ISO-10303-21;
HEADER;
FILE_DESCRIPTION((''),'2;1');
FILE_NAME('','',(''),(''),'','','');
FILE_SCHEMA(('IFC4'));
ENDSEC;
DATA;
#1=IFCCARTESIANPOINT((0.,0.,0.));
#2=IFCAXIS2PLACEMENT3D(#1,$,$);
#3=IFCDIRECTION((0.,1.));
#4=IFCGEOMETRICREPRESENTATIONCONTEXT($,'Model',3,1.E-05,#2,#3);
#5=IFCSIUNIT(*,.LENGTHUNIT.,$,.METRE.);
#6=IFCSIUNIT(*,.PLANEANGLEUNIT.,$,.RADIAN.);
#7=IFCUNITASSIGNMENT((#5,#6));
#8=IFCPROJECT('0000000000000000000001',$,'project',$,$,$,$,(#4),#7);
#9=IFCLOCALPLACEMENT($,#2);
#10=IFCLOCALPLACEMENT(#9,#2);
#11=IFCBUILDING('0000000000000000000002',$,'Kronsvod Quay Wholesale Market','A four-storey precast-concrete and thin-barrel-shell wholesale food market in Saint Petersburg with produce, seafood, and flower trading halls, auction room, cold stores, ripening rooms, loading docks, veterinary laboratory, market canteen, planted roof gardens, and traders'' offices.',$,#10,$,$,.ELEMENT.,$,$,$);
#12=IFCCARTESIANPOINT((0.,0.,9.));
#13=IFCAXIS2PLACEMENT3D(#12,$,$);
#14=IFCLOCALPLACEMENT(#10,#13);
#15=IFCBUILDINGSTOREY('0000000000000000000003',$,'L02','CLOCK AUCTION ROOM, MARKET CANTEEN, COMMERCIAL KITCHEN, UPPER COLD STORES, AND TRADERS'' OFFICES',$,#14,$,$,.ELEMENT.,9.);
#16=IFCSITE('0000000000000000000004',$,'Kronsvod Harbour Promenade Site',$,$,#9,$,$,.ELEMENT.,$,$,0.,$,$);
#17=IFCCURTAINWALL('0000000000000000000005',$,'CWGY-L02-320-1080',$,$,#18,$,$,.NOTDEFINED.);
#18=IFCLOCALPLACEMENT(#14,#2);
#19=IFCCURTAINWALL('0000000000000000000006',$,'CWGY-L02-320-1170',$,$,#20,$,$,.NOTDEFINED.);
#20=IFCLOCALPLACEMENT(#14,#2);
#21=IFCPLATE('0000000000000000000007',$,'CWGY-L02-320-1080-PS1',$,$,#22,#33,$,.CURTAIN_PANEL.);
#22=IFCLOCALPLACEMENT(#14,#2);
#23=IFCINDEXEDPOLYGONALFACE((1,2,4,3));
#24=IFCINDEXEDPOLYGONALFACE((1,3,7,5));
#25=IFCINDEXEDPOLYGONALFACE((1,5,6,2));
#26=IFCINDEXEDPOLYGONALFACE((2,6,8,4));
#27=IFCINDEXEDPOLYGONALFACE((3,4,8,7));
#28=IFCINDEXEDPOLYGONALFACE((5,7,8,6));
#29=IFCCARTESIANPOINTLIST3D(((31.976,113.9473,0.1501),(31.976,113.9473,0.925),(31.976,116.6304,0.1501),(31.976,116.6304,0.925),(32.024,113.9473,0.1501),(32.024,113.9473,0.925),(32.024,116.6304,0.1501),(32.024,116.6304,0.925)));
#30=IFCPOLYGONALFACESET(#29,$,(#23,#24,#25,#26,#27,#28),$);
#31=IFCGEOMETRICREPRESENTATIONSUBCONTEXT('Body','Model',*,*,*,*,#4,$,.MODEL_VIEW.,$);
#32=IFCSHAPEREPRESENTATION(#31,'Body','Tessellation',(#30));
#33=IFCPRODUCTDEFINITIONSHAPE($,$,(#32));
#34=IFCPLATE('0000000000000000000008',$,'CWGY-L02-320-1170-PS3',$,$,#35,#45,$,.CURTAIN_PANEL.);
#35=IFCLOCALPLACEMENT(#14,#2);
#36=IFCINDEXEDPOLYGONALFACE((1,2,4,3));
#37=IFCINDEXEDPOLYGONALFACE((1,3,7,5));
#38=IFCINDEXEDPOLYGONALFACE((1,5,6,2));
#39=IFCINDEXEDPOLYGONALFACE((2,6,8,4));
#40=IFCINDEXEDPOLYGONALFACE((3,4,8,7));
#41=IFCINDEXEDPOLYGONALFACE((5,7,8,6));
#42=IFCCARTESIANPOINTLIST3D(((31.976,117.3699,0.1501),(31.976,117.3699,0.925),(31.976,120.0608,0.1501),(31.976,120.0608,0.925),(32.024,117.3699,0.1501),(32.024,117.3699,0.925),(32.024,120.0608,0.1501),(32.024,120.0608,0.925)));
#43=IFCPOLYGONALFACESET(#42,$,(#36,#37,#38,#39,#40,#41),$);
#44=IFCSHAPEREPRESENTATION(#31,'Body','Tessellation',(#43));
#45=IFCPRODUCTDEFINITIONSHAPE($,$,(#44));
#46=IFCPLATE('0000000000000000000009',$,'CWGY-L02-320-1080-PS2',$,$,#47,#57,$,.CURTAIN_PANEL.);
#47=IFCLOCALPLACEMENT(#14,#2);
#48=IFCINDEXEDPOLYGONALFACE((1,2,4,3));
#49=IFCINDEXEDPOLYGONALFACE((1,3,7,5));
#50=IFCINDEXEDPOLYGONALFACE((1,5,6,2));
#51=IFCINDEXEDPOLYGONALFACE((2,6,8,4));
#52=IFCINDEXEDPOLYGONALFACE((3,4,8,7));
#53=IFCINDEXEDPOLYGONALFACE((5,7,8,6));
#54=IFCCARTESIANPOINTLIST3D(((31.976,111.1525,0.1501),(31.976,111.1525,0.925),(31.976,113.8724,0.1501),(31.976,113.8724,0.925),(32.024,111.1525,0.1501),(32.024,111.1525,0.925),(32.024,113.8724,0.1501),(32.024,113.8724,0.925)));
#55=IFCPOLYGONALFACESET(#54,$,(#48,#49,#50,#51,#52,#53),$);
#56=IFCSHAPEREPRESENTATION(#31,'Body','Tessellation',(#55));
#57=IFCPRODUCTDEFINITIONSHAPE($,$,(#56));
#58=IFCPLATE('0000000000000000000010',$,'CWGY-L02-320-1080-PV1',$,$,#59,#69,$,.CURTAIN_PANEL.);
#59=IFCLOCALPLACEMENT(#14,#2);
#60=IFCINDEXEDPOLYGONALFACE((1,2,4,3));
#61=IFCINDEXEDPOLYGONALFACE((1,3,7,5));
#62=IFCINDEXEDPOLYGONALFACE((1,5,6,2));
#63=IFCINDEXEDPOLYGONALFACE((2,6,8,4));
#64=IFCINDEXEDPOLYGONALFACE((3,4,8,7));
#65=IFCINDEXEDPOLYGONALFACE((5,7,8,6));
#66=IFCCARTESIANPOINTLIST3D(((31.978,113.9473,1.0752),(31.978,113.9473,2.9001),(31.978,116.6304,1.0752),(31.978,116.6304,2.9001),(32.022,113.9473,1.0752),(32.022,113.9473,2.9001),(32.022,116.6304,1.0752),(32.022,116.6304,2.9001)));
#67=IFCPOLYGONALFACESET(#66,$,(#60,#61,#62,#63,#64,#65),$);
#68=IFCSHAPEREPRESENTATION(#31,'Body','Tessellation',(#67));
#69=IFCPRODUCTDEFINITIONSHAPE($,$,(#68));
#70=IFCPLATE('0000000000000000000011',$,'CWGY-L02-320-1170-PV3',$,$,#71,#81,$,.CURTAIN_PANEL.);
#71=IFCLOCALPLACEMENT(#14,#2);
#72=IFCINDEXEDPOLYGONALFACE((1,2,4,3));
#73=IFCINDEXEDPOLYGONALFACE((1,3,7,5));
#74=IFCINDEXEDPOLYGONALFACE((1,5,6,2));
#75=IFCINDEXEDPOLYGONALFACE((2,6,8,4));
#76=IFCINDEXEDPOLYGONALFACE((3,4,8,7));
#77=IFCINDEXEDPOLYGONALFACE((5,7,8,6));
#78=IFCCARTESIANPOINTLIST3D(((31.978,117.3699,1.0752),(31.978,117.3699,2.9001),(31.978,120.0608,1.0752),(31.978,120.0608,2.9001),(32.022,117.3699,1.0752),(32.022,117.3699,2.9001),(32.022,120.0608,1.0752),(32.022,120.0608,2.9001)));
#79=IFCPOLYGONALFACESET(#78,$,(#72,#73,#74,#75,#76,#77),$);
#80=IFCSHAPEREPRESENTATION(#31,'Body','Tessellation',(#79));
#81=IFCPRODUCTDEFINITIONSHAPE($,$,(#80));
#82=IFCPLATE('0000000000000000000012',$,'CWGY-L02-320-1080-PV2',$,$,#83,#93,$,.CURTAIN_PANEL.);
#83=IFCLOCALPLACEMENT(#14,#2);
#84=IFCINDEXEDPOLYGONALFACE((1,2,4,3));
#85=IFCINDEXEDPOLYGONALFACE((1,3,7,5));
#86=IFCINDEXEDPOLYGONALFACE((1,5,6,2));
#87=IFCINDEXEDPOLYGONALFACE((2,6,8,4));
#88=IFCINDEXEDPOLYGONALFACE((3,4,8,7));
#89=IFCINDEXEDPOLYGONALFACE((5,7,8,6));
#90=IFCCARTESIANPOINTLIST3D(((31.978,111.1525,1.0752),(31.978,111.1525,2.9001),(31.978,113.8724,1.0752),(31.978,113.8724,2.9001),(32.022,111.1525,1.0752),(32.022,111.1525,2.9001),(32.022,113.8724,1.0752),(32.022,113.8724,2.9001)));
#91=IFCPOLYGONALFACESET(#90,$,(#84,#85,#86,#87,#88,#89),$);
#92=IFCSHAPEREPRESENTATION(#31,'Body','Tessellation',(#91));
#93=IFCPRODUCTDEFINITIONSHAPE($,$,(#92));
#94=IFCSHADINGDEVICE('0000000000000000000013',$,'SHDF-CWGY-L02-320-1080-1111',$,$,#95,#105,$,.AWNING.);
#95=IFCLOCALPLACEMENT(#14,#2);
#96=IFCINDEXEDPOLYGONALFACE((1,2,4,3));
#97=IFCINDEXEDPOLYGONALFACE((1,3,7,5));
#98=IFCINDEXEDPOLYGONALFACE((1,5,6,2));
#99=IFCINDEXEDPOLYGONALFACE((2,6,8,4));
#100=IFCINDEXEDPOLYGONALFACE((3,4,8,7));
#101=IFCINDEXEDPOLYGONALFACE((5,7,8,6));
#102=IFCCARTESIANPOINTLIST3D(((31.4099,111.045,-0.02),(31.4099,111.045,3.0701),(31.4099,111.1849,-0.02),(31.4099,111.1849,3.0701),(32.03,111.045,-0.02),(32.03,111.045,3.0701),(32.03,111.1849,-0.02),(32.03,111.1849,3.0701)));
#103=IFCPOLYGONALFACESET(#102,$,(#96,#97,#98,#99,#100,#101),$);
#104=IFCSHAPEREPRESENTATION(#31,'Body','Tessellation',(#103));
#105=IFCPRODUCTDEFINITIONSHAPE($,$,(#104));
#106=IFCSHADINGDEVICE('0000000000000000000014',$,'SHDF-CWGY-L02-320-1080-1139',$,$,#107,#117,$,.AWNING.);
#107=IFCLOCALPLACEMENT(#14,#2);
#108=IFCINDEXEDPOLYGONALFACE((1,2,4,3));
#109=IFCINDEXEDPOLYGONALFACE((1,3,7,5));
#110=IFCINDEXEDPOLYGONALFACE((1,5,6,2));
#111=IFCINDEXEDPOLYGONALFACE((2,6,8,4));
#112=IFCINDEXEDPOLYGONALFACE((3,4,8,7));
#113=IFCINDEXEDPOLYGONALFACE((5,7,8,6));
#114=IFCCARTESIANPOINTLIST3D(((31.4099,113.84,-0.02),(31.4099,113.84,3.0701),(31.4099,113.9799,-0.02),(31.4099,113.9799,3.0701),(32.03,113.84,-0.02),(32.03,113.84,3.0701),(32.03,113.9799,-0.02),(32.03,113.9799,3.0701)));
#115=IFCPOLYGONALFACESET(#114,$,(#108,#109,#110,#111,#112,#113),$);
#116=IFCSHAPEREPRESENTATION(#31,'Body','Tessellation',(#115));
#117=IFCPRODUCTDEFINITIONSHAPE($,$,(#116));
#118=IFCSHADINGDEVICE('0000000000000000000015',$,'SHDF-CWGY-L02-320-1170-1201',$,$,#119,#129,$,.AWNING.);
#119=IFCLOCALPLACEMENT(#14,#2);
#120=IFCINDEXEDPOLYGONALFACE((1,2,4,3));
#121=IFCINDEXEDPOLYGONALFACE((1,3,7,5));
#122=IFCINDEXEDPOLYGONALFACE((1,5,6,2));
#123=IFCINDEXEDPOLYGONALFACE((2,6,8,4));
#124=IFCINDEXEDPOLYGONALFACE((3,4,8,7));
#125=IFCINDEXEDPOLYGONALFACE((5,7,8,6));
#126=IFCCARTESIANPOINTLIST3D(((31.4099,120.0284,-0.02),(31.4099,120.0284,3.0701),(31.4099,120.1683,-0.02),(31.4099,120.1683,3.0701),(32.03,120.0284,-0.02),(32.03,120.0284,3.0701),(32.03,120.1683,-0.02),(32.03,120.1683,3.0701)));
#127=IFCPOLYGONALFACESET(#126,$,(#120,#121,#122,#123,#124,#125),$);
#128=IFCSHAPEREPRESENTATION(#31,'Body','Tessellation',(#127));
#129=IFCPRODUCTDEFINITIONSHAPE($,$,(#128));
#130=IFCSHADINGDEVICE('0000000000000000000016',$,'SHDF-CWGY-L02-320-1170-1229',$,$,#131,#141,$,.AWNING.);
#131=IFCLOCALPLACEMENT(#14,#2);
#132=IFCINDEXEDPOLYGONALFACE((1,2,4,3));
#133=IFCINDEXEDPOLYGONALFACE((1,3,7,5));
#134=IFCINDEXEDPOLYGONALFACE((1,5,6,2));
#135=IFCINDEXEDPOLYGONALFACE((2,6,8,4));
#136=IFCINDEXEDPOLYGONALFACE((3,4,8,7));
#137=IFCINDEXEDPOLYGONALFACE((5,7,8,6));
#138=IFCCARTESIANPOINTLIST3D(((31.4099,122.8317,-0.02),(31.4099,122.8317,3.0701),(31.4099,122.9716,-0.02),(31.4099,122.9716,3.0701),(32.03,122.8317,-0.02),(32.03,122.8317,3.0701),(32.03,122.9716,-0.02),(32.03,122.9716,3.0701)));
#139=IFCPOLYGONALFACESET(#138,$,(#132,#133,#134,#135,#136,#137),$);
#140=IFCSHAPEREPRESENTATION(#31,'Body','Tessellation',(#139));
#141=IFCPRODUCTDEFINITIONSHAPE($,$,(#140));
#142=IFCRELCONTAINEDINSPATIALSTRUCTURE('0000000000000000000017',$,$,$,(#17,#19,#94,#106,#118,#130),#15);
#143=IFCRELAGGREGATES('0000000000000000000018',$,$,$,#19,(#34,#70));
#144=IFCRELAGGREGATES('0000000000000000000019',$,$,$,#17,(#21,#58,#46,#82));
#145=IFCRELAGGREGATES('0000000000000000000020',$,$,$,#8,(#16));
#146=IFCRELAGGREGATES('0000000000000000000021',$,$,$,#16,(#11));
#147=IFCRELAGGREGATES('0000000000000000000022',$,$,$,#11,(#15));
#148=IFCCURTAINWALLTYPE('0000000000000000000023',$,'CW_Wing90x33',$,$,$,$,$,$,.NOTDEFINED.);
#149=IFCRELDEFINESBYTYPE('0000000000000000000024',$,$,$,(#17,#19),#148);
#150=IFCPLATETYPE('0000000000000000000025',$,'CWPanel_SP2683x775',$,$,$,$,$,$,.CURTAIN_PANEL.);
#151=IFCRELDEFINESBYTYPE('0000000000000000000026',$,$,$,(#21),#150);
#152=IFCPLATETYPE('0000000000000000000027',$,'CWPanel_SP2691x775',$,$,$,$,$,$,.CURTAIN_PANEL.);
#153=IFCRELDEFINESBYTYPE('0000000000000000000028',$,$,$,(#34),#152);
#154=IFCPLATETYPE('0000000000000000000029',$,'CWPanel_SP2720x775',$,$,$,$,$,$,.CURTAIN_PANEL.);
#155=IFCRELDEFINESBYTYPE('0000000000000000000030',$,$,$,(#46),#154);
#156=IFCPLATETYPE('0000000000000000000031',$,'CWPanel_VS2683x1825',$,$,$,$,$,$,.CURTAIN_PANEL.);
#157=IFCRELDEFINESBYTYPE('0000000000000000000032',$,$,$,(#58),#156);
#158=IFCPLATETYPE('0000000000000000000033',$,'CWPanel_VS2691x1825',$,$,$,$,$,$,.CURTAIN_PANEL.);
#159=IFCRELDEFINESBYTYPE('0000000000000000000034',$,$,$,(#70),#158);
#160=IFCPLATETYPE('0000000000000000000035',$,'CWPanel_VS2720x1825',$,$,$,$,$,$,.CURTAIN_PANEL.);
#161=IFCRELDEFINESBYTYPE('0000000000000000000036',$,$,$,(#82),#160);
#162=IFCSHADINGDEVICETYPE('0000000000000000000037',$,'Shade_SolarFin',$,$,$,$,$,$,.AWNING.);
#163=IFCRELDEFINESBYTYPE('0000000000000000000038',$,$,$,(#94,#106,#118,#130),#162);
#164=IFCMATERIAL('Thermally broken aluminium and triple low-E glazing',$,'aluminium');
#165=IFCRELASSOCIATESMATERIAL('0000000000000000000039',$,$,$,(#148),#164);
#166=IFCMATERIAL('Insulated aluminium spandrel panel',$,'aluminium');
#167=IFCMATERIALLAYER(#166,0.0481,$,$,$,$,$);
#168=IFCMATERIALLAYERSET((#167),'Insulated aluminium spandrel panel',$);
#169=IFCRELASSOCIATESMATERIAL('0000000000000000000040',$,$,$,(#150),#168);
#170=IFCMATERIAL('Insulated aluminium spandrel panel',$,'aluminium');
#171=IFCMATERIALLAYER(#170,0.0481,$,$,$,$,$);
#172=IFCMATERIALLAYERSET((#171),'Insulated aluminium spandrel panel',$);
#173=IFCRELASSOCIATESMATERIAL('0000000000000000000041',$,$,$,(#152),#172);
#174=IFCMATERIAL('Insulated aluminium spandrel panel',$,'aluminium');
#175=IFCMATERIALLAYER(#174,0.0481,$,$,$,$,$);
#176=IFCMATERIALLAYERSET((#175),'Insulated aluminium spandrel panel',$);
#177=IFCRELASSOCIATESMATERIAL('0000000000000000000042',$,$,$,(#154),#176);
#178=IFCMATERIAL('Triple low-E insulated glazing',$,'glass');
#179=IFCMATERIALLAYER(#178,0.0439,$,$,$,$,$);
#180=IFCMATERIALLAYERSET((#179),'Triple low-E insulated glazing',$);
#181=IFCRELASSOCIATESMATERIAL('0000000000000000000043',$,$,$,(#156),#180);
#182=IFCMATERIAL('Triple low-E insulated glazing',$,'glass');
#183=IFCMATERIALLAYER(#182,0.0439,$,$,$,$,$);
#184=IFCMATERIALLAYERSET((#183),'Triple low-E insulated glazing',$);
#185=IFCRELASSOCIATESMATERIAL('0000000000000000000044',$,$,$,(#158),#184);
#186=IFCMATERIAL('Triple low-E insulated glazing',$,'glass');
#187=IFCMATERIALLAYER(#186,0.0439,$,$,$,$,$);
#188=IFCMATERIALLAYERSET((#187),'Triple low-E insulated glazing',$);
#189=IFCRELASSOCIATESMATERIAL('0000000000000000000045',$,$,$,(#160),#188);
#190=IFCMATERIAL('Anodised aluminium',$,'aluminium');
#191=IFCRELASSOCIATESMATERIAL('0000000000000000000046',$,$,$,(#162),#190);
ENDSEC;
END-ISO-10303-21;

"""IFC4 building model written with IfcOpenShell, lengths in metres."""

from ifc_helpers import new_model, si_unit, direction, frame, origin, origin_2d, place, context, subcontext, project, spatial, rectangle, extrude, material, layer, layer_set, type_object, element, aggregate, save


model = new_model("IFC4")

# Units and contexts
model_context = context("Model", 3, precision=1e-05, world=origin(), true_north=direction((0.0, 1.0)))
body_context = subcontext(model_context, "Body", "Model", "MODEL_VIEW")
ifc_project = project(units=[si_unit("LENGTHUNIT", "METRE"), si_unit("PLANEANGLEUNIT", "RADIAN")], contexts=[model_context])

# Site, building, storey
site_placement = place(None, origin())
site = spatial("IfcSite", under=ifc_project, at=site_placement, Name="Kronsvod Harbour Promenade Site", CompositionType="ELEMENT", RefElevation=0.0)
building_placement = place(site_placement, origin())
building = spatial("IfcBuilding", under=site, at=building_placement, Name="Kronsvod Quay Wholesale Market", Description="A four-storey precast-concrete and thin-barrel-shell wholesale food market in Saint Petersburg with produce, seafood, and flower trading halls, auction room, cold stores, ripening rooms, loading docks, veterinary laboratory, market canteen, planted roof gardens, and traders' offices.", CompositionType="ELEMENT")
storey_placement = place(building_placement, frame((0.0, 0.0, 9.0)))
storey = spatial("IfcBuildingStorey", under=building, at=storey_placement, Name="L02", Description="CLOCK AUCTION ROOM, MARKET CANTEEN, COMMERCIAL KITCHEN, UPPER COLD STORES, AND TRADERS' OFFICES", CompositionType="ELEMENT", Elevation=9.0)

# Curtain wall
ifc_material_1 = material(Name="Thermally broken aluminium and triple low-E glazing", Category="aluminium")
curtain_wall_type = type_object("IfcCurtainWallType", Name="CW_Wing90x33", PredefinedType="NOTDEFINED", material=ifc_material_1)
curtain_wall_1_placement = place(storey_placement, origin())
curtain_wall_1 = element("IfcCurtainWall", 1, at=curtain_wall_1_placement, inside=storey, type_object=curtain_wall_type, Name="CWGY-L02-320-1080", PredefinedType="NOTDEFINED")

# Curtain wall
curtain_wall_2_placement = place(storey_placement, origin())
curtain_wall_2 = element("IfcCurtainWall", 2, at=curtain_wall_2_placement, inside=storey, type_object=curtain_wall_type, Name="CWGY-L02-320-1170", PredefinedType="NOTDEFINED")

# Plates
ifc_material_2 = material(Name="Insulated aluminium spandrel panel", Category="aluminium")
ifc_layer_1 = layer(ifc_material_2, 0.0481)
ifc_layer_set_1 = layer_set([ifc_layer_1], Name="Insulated aluminium spandrel panel")
plate_type_1 = type_object("IfcPlateType", Name="CWPanel_SP2683x775", PredefinedType="CURTAIN_PANEL", material=ifc_layer_set_1)
plate_1_placement = place(storey_placement, frame((32.0, 115.2888, 0.1501), z_axis=(0.0, 0.0, 1.0), x_axis=(0.0, -1.0, 0.0)))
plate_1 = element("IfcPlate", 3, at=plate_1_placement, type_object=plate_type_1, Name="CWGY-L02-320-1080-PS1", PredefinedType="CURTAIN_PANEL", context=body_context, shape_type="SweptSolid", body=[
    extrude(rectangle(XDim=2.6831, YDim=0.0481, at=origin_2d()), origin(), (0.0, 0.0, 1.0), 0.7749),
])
ifc_material_3 = material(Name="Insulated aluminium spandrel panel", Category="aluminium")
ifc_layer_2 = layer(ifc_material_3, 0.0481)
ifc_layer_set_2 = layer_set([ifc_layer_2], Name="Insulated aluminium spandrel panel")
plate_type_2 = type_object("IfcPlateType", Name="CWPanel_SP2691x775", PredefinedType="CURTAIN_PANEL", material=ifc_layer_set_2)
plate_2_placement = place(storey_placement, frame((32.0, 118.7153, 0.1501), z_axis=(0.0, 0.0, 1.0), x_axis=(0.0, -1.0, 0.0)))
plate_2 = element("IfcPlate", 4, at=plate_2_placement, type_object=plate_type_2, Name="CWGY-L02-320-1170-PS3", PredefinedType="CURTAIN_PANEL", context=body_context, shape_type="SweptSolid", body=[
    extrude(rectangle(XDim=2.6909, YDim=0.0481, at=origin_2d()), origin(), (0.0, 0.0, 1.0), 0.7749),
])
ifc_material_4 = material(Name="Insulated aluminium spandrel panel", Category="aluminium")
ifc_layer_3 = layer(ifc_material_4, 0.0481)
ifc_layer_set_3 = layer_set([ifc_layer_3], Name="Insulated aluminium spandrel panel")
plate_type_3 = type_object("IfcPlateType", Name="CWPanel_SP2720x775", PredefinedType="CURTAIN_PANEL", material=ifc_layer_set_3)
plate_3_placement = place(storey_placement, frame((32.0, 112.5125, 0.1501), z_axis=(0.0, 0.0, 1.0), x_axis=(0.0, -1.0, 0.0)))
plate_3 = element("IfcPlate", 5, at=plate_3_placement, type_object=plate_type_3, Name="CWGY-L02-320-1080-PS2", PredefinedType="CURTAIN_PANEL", context=body_context, shape_type="SweptSolid", body=[
    extrude(rectangle(XDim=2.72, YDim=0.0481, at=origin_2d()), origin(), (0.0, 0.0, 1.0), 0.7749),
])
ifc_material_5 = material(Name="Triple low-E insulated glazing", Category="glass")
ifc_layer_4 = layer(ifc_material_5, 0.0439)
ifc_layer_set_4 = layer_set([ifc_layer_4], Name="Triple low-E insulated glazing")
plate_type_4 = type_object("IfcPlateType", Name="CWPanel_VS2683x1825", PredefinedType="CURTAIN_PANEL", material=ifc_layer_set_4)
plate_4_placement = place(storey_placement, frame((32.0, 115.2888, 1.0752), z_axis=(0.0, 0.0, 1.0), x_axis=(0.0, -1.0, 0.0)))
plate_4 = element("IfcPlate", 6, at=plate_4_placement, type_object=plate_type_4, Name="CWGY-L02-320-1080-PV1", PredefinedType="CURTAIN_PANEL", context=body_context, shape_type="SweptSolid", body=[
    extrude(rectangle(XDim=2.6831, YDim=0.0439, at=origin_2d()), origin(), (0.0, 0.0, 1.0), 1.825),
])
ifc_material_6 = material(Name="Triple low-E insulated glazing", Category="glass")
ifc_layer_5 = layer(ifc_material_6, 0.0439)
ifc_layer_set_5 = layer_set([ifc_layer_5], Name="Triple low-E insulated glazing")
plate_type_5 = type_object("IfcPlateType", Name="CWPanel_VS2691x1825", PredefinedType="CURTAIN_PANEL", material=ifc_layer_set_5)
plate_5_placement = place(storey_placement, frame((32.0, 118.7153, 1.0752), z_axis=(0.0, 0.0, 1.0), x_axis=(0.0, -1.0, 0.0)))
plate_5 = element("IfcPlate", 7, at=plate_5_placement, type_object=plate_type_5, Name="CWGY-L02-320-1170-PV3", PredefinedType="CURTAIN_PANEL", context=body_context, shape_type="SweptSolid", body=[
    extrude(rectangle(XDim=2.6909, YDim=0.0439, at=origin_2d()), origin(), (0.0, 0.0, 1.0), 1.825),
])
aggregate(curtain_wall_2, [plate_2, plate_5])
ifc_material_7 = material(Name="Triple low-E insulated glazing", Category="glass")
ifc_layer_6 = layer(ifc_material_7, 0.0439)
ifc_layer_set_6 = layer_set([ifc_layer_6], Name="Triple low-E insulated glazing")
plate_type_6 = type_object("IfcPlateType", Name="CWPanel_VS2720x1825", PredefinedType="CURTAIN_PANEL", material=ifc_layer_set_6)
plate_6_placement = place(storey_placement, frame((32.0, 112.5125, 1.0752), z_axis=(0.0, 0.0, 1.0), x_axis=(0.0, -1.0, 0.0)))
plate_6 = element("IfcPlate", 8, at=plate_6_placement, type_object=plate_type_6, Name="CWGY-L02-320-1080-PV2", PredefinedType="CURTAIN_PANEL", context=body_context, shape_type="SweptSolid", body=[
    extrude(rectangle(XDim=2.72, YDim=0.0439, at=origin_2d()), origin(), (0.0, 0.0, 1.0), 1.825),
])
aggregate(curtain_wall_1, [plate_1, plate_4, plate_3, plate_6])

# Shading devices
ifc_material_8 = material(Name="Anodised aluminium", Category="aluminium")
shading_device_type = type_object("IfcShadingDeviceType", Name="Shade_SolarFin", PredefinedType="AWNING", material=ifc_material_8)
for number, where, z_axis, x_axis, name in (
    (9, (31.72, 111.115, -0.02), (0.0, 0.0, 1.0), (1.0, 0.0, 0.0), "SHDF-CWGY-L02-320-1080-1111"),
    (10, (31.72, 113.9099, -0.02), (0.0, 0.0, 1.0), (1.0, 0.0, 0.0), "SHDF-CWGY-L02-320-1080-1139"),
    (11, (31.72, 120.0984, -0.02), (0.0, 0.0, 1.0), (1.0, 0.0, 0.0), "SHDF-CWGY-L02-320-1170-1201"),
    (12, (31.72, 122.9016, -0.02), (0.0, 0.0, 1.0), (1.0, 0.0, 0.0), "SHDF-CWGY-L02-320-1170-1229"),
):
    element("IfcShadingDevice", number, at=place(storey_placement, frame(where, z_axis=z_axis, x_axis=x_axis)), inside=storey, type_object=shading_device_type, Name=name, PredefinedType="AWNING", context=body_context, shape_type="SweptSolid", body=[
        extrude(rectangle(XDim=0.6201, YDim=0.1399, at=origin_2d()), origin(), (0.0, 0.0, 1.0), 3.0901),
    ])

save(model, "model.ifc")
